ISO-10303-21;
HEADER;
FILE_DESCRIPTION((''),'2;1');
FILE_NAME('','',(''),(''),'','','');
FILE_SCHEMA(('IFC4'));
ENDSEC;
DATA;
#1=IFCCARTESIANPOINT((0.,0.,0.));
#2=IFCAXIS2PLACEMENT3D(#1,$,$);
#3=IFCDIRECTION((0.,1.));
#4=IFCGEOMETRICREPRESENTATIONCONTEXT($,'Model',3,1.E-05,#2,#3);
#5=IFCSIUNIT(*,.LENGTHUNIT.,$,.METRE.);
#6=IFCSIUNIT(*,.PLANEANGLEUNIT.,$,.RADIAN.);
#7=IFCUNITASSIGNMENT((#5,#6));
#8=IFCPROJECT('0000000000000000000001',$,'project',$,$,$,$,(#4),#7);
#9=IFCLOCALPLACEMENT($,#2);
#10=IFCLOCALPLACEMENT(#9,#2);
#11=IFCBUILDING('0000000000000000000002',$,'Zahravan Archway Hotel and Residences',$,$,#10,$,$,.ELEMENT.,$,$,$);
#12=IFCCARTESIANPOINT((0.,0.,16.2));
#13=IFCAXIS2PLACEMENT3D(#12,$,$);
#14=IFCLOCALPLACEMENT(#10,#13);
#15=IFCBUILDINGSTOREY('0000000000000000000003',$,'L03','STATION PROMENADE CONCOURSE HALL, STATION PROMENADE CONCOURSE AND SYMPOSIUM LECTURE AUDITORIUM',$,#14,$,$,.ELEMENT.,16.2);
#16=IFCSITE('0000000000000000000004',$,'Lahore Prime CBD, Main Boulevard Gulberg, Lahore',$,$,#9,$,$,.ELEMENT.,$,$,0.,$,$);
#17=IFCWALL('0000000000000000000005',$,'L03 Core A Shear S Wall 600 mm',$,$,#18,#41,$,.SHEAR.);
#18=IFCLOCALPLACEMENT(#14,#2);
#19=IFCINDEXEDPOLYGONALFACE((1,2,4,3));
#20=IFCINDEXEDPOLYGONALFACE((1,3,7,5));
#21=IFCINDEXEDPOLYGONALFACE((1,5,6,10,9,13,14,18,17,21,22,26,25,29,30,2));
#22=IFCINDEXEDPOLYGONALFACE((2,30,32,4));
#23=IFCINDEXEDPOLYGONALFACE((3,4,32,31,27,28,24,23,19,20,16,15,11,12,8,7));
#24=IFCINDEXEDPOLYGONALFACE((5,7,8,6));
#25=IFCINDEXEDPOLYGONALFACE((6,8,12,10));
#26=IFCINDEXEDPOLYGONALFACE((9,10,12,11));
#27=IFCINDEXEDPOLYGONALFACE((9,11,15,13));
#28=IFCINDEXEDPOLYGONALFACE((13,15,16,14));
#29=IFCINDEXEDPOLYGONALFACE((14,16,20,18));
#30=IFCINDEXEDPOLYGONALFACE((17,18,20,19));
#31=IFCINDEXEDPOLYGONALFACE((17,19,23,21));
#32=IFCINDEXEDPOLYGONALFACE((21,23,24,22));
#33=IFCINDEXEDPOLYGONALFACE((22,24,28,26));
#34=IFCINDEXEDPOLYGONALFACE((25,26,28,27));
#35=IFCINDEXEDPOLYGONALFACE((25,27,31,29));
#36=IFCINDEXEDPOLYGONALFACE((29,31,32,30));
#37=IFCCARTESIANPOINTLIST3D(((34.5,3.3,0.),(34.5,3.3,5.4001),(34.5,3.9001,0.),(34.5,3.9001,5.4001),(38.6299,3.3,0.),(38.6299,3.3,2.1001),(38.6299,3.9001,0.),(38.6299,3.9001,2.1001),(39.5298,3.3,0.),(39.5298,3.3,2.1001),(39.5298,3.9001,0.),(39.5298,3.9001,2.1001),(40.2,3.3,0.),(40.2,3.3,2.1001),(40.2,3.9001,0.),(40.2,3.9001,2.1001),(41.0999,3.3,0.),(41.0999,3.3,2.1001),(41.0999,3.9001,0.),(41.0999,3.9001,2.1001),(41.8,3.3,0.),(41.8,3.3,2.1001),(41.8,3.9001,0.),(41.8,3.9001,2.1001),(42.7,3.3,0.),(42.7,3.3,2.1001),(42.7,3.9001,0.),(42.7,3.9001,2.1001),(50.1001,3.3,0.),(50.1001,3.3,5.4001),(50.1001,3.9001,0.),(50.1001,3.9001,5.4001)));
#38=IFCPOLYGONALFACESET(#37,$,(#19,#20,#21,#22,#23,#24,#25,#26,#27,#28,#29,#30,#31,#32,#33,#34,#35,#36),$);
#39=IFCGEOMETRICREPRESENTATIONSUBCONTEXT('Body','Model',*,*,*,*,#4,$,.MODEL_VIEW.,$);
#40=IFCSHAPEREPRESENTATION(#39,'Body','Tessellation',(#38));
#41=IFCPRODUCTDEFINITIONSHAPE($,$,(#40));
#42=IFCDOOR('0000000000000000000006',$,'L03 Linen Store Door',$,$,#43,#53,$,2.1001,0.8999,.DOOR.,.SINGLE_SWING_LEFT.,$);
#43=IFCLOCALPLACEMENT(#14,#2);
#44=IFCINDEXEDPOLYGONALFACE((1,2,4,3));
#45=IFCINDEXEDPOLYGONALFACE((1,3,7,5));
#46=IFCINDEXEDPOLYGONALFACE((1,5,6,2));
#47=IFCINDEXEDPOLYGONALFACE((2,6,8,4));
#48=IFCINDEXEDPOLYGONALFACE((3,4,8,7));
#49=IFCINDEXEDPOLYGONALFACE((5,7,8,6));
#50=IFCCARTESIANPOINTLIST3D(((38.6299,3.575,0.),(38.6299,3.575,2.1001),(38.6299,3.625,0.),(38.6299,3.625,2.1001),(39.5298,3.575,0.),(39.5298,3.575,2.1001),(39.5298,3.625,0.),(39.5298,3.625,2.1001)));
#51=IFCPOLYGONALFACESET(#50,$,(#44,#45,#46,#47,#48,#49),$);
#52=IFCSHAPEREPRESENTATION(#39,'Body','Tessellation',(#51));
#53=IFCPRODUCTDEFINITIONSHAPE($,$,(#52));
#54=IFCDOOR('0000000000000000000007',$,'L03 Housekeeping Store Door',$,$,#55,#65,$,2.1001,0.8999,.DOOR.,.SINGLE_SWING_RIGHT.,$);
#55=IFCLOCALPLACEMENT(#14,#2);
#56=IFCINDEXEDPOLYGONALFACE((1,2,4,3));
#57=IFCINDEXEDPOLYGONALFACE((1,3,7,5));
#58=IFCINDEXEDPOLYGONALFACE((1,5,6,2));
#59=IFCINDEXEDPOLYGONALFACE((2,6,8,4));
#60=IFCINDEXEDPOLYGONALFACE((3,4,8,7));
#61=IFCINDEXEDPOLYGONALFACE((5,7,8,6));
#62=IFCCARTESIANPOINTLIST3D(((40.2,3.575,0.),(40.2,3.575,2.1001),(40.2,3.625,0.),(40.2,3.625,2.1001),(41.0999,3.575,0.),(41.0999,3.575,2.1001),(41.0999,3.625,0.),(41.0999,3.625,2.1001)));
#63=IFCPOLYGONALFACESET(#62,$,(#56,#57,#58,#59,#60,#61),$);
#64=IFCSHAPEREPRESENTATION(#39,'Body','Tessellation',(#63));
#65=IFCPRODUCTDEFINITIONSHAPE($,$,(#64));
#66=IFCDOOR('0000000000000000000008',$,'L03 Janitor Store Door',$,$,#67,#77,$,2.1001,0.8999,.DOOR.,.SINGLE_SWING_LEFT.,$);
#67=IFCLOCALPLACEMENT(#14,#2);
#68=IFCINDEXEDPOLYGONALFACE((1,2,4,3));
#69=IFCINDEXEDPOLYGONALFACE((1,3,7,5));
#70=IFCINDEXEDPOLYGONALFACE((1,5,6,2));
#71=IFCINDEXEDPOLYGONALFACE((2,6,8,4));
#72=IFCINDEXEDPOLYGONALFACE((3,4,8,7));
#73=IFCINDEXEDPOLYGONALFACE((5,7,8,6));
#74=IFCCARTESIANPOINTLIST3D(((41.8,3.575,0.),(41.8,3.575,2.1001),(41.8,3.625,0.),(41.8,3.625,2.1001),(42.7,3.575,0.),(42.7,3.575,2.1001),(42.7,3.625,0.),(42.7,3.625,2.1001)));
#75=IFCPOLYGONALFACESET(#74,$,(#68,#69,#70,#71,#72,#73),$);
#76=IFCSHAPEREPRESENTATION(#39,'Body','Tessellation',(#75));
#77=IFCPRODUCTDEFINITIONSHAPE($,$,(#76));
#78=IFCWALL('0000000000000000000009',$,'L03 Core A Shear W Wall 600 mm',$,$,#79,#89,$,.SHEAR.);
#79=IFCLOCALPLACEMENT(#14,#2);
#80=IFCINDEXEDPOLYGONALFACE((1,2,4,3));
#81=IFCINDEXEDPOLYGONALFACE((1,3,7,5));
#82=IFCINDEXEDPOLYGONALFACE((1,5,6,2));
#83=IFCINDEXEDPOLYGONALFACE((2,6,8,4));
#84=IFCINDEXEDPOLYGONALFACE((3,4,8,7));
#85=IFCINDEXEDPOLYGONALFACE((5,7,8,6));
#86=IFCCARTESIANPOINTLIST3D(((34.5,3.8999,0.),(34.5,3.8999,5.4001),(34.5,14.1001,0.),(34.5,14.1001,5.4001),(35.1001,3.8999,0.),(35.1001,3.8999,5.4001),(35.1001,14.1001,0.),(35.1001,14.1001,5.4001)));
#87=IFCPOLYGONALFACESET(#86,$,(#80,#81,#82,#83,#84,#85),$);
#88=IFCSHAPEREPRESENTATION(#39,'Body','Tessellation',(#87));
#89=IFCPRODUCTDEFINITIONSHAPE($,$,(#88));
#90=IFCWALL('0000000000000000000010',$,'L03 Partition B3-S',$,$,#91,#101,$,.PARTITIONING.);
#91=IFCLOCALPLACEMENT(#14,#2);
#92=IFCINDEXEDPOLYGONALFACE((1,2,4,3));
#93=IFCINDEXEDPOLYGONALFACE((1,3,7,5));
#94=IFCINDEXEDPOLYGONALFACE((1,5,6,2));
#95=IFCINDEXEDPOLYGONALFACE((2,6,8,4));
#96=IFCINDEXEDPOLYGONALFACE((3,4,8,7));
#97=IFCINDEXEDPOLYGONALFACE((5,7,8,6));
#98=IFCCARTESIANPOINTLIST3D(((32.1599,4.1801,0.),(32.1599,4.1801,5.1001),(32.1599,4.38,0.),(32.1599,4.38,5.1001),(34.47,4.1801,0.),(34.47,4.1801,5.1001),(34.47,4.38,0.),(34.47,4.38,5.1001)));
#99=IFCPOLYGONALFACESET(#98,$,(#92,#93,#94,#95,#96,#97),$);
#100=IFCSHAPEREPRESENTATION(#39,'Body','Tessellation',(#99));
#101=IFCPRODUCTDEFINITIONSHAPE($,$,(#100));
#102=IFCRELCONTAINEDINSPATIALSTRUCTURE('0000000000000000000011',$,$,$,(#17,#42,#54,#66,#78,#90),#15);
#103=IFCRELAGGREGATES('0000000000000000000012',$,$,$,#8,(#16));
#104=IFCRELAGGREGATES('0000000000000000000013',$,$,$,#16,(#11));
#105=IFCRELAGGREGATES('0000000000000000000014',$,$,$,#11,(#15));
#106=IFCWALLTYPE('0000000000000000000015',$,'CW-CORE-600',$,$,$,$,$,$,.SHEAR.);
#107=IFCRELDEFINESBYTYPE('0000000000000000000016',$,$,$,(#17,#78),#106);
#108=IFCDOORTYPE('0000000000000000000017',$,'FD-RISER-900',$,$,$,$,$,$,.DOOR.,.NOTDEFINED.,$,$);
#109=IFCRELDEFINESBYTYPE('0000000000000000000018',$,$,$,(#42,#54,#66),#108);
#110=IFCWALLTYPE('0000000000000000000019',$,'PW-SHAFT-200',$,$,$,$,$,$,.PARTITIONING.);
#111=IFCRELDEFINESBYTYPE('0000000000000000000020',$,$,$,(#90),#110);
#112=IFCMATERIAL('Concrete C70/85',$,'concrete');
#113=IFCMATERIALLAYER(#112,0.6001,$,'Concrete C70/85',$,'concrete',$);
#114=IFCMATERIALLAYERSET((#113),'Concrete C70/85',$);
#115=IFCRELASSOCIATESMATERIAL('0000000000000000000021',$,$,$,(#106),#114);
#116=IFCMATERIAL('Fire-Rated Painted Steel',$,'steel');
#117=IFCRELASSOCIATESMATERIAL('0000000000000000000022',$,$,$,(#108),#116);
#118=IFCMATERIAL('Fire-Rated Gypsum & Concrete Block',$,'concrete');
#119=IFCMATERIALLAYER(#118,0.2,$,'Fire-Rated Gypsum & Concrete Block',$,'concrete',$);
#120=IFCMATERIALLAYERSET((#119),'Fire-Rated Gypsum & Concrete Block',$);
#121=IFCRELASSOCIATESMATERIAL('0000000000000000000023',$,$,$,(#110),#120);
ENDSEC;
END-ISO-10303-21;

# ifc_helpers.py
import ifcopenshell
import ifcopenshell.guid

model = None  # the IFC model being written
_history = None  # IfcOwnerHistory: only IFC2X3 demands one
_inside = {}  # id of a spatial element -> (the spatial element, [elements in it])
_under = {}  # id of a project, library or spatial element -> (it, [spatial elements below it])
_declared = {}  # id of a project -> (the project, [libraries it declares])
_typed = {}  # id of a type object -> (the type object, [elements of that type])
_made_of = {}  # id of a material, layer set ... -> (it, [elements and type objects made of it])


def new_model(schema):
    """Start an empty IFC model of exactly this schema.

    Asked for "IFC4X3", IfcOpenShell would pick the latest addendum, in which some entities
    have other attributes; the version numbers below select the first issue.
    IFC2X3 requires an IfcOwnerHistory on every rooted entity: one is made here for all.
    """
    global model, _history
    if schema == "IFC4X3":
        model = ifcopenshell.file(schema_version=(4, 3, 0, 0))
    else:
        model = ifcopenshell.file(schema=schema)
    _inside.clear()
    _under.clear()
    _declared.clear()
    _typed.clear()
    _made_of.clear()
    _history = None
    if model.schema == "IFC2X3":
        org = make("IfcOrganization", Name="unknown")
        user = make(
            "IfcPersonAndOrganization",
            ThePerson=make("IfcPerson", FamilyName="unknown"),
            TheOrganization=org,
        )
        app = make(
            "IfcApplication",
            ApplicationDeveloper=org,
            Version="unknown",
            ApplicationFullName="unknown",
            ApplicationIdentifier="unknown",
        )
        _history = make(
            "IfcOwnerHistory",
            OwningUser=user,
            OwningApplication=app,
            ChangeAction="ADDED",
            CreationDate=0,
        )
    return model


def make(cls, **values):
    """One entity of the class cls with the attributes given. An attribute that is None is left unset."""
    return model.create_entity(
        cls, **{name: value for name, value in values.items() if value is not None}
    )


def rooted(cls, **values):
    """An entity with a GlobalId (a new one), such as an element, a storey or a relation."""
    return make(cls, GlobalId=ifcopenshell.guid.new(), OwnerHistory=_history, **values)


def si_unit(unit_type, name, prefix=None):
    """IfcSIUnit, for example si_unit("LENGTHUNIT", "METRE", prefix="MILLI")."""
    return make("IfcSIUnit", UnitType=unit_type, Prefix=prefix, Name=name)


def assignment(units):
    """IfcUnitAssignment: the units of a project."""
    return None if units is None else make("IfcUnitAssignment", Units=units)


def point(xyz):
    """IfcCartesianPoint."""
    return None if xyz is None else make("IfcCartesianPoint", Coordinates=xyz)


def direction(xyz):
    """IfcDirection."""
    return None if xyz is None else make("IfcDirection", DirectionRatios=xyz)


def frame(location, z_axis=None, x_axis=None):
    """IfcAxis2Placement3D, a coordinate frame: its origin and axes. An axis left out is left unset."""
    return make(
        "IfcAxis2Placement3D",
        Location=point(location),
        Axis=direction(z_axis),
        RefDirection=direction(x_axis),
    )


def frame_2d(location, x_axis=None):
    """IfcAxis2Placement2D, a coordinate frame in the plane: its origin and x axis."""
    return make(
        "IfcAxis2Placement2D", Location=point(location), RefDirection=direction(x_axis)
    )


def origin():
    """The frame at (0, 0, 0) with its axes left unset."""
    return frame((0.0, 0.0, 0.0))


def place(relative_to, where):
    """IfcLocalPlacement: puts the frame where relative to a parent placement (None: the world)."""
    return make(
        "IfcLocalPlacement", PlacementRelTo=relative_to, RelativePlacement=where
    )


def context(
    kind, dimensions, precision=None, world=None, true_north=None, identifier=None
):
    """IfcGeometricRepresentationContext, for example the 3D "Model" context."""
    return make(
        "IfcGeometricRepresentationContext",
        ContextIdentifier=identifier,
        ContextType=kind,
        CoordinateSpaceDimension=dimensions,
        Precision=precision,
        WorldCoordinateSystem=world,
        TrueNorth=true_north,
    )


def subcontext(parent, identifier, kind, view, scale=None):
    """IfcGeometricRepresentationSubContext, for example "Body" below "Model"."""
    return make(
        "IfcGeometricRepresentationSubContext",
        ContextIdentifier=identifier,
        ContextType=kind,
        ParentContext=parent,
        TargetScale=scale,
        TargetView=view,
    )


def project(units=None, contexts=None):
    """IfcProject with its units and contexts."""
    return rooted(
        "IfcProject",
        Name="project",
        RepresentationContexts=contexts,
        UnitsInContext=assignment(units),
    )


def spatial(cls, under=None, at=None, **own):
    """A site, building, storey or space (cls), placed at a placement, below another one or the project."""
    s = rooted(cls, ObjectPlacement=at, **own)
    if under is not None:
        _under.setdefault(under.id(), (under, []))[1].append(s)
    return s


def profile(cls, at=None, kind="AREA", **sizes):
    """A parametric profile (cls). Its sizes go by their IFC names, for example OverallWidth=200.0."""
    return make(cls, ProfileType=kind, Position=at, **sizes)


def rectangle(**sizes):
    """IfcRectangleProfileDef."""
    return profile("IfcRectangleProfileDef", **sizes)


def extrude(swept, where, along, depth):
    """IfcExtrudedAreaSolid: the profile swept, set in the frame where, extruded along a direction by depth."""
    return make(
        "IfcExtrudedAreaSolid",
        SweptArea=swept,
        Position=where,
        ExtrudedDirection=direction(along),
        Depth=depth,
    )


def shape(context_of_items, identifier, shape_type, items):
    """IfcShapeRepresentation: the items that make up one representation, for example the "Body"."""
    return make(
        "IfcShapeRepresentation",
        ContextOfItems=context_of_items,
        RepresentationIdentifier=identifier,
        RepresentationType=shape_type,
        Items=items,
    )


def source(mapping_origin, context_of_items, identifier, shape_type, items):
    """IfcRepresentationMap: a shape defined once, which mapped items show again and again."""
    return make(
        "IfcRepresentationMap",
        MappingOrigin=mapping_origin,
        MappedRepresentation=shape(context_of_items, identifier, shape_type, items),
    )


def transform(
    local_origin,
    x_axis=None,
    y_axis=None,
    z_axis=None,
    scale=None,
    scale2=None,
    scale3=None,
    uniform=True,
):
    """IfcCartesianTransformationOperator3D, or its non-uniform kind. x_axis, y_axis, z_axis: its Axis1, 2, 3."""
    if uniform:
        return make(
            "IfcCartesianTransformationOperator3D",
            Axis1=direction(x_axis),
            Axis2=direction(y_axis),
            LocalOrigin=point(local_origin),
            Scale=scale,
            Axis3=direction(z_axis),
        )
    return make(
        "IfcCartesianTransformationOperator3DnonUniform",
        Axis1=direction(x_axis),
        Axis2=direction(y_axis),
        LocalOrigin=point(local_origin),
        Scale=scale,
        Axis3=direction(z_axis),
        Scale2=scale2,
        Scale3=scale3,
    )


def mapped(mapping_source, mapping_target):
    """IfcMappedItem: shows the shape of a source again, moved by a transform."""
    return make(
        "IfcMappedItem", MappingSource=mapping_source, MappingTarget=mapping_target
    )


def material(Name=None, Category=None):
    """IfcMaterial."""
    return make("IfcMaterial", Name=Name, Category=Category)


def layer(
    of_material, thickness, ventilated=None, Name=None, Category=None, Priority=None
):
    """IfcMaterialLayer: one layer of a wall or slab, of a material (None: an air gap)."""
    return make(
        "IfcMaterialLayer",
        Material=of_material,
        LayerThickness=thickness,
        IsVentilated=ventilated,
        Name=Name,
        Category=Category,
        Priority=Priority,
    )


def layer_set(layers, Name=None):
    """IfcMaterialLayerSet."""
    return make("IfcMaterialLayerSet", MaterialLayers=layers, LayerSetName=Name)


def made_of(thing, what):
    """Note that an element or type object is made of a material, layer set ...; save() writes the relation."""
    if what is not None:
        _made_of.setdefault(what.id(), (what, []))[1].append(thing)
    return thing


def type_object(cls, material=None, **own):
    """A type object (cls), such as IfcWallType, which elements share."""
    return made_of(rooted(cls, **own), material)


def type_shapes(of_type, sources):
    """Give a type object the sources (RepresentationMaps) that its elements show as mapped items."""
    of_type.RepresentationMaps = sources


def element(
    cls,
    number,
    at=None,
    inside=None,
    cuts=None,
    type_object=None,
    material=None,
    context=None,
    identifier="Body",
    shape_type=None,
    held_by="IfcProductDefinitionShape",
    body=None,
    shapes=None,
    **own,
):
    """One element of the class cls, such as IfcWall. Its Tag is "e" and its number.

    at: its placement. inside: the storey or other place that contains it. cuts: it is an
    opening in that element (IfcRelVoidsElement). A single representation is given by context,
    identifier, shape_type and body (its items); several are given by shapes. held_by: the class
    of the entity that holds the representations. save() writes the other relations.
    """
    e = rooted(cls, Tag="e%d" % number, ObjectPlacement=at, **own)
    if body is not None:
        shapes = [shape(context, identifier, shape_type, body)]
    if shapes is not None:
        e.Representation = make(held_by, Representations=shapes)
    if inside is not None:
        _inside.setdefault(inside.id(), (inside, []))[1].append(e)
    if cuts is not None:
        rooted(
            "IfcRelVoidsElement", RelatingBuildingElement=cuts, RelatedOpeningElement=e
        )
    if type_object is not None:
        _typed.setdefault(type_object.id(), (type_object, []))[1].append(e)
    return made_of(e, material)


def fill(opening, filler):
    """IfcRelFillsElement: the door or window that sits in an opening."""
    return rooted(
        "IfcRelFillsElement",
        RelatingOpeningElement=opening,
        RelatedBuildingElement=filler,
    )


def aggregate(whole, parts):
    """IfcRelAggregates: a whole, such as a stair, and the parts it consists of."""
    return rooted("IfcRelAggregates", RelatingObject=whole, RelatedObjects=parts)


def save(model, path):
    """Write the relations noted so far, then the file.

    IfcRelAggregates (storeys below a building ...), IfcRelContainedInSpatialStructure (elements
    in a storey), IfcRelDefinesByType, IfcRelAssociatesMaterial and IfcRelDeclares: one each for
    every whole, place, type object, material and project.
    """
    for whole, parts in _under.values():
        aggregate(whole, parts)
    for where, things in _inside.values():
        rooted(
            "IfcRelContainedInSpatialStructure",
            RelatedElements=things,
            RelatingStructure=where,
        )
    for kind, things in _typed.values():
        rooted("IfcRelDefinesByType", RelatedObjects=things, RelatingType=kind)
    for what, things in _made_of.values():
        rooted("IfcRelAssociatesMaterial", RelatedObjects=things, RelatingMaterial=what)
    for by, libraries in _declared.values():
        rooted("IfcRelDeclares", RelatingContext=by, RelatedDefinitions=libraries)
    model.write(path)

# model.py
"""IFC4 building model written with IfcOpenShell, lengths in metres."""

from ifc_helpers import new_model, si_unit, direction, frame, frame_2d, origin, place, context, subcontext, project, spatial, rectangle, extrude, source, transform, mapped, material, layer, layer_set, type_object, type_shapes, element, fill, save


model = new_model("IFC4")

# Units and contexts
model_context = context("Model", 3, precision=1e-05, world=origin(), true_north=direction((0.0, 1.0)))
body_context = subcontext(model_context, "Body", "Model", "MODEL_VIEW")
ifc_project = project(units=[si_unit("LENGTHUNIT", "METRE"), si_unit("PLANEANGLEUNIT", "RADIAN")], contexts=[model_context])

# Site, building, storey
site_placement = place(None, origin())
site = spatial("IfcSite", under=ifc_project, at=site_placement, Name="Lahore Prime CBD, Main Boulevard Gulberg, Lahore", CompositionType="ELEMENT", RefElevation=0.0)
building_placement = place(site_placement, origin())
building = spatial("IfcBuilding", under=site, at=building_placement, Name="Zahravan Archway Hotel and Residences", CompositionType="ELEMENT")
storey_placement = place(building_placement, frame((0.0, 0.0, 16.2)))
storey = spatial("IfcBuildingStorey", under=building, at=storey_placement, Name="L03", Description="STATION PROMENADE CONCOURSE HALL, STATION PROMENADE CONCOURSE AND SYMPOSIUM LECTURE AUDITORIUM", CompositionType="ELEMENT", Elevation=16.2)

# Shared definitions
ifc_material_1 = material(Name="Concrete C70/85", Category="concrete")

# Wall, openings, doors
ifc_layer_1 = layer(ifc_material_1, 0.6001, Name="Concrete C70/85", Category="concrete")
ifc_layer_set_1 = layer_set([ifc_layer_1], Name="Concrete C70/85")
wall_type_1 = type_object("IfcWallType", Name="CW-CORE-600", PredefinedType="SHEAR", material=ifc_layer_set_1)
wall_1_placement = place(storey_placement, frame((34.5, 3.6001, 0.0), z_axis=(0.0, 0.0, 1.0), x_axis=(1.0, 0.0, 0.0)))
wall_1 = element("IfcWall", 1, at=wall_1_placement, inside=storey, type_object=wall_type_1, Name="L03 Core A Shear S Wall 600 mm", PredefinedType="SHEAR", context=body_context, shape_type="SweptSolid", body=[
    extrude(rectangle(XDim=15.6001, YDim=0.6001, at=frame_2d((7.8, 0.0))), origin(), (0.0, 0.0, 1.0), 5.4001),
])
opening_1_placement = place(wall_1_placement, frame((4.1299, 0.0, 0.0)))
opening_1 = element("IfcOpeningElement", 2, at=opening_1_placement, cuts=wall_1, PredefinedType="OPENING", context=body_context, shape_type="SweptSolid", body=[
    extrude(rectangle(XDim=0.8999, YDim=2.1001, at=frame_2d((0.45, 1.05))), frame((0.0, 0.3101, 0.0), z_axis=(0.0, -1.0, 0.0), x_axis=(1.0, 0.0, 0.0)), (0.0, 0.0, 1.0), 0.6201),
])
opening_2_placement = place(wall_1_placement, frame((5.7, 0.0, 0.0)))
opening_2 = element("IfcOpeningElement", 3, at=opening_2_placement, cuts=wall_1, PredefinedType="OPENING", context=body_context, shape_type="SweptSolid", body=[
    extrude(rectangle(XDim=0.8999, YDim=2.1001, at=frame_2d((0.45, 1.05))), frame((0.0, 0.3101, 0.0), z_axis=(0.0, -1.0, 0.0), x_axis=(1.0, 0.0, 0.0)), (0.0, 0.0, 1.0), 0.6201),
])
opening_3_placement = place(wall_1_placement, frame((7.3, 0.0, 0.0)))
opening_3 = element("IfcOpeningElement", 4, at=opening_3_placement, cuts=wall_1, PredefinedType="OPENING", context=body_context, shape_type="SweptSolid", body=[
    extrude(rectangle(XDim=0.8999, YDim=2.1001, at=frame_2d((0.45, 1.05))), frame((0.0, 0.3101, 0.0), z_axis=(0.0, -1.0, 0.0), x_axis=(1.0, 0.0, 0.0)), (0.0, 0.0, 1.0), 0.6201),
])
ifc_material_2 = material(Name="Fire-Rated Painted Steel", Category="steel")
door_type_1 = type_object("IfcDoorType", Name="FD-RISER-900", OperationType="NOTDEFINED", PredefinedType="DOOR", material=ifc_material_2)
shared_shape_1 = source(origin(), body_context, "Body", "SweptSolid", [
    extrude(rectangle(XDim=0.8999, YDim=2.1001, at=frame_2d((0.45, 1.05))), frame((0.0, 0.0249, 0.0), z_axis=(0.0, -1.0, 0.0), x_axis=(1.0, 0.0, 0.0)), (0.0, 0.0, 1.0), 0.05),
])
type_shapes(door_type_1, [shared_shape_1])
door_1_placement = place(opening_1_placement, origin())
door_1 = element("IfcDoor", 5, at=door_1_placement, inside=storey, type_object=door_type_1, Name="L03 Linen Store Door", OperationType="SINGLE_SWING_LEFT", OverallHeight=2.1001, OverallWidth=0.8999, PredefinedType="DOOR", context=body_context, shape_type="MappedRepresentation", body=[
    mapped(shared_shape_1, transform((0.0, 0.0, 0.0), scale=1.0)),
])
fill(opening_1, door_1)
door_2_placement = place(opening_2_placement, origin())
door_2 = element("IfcDoor", 6, at=door_2_placement, inside=storey, type_object=door_type_1, Name="L03 Housekeeping Store Door", OperationType="SINGLE_SWING_RIGHT", OverallHeight=2.1001, OverallWidth=0.8999, PredefinedType="DOOR", context=body_context, shape_type="MappedRepresentation", body=[
    mapped(shared_shape_1, transform((0.0, 0.0, 0.0), scale=1.0)),
])
fill(opening_2, door_2)
door_3_placement = place(opening_3_placement, origin())
door_3 = element("IfcDoor", 7, at=door_3_placement, inside=storey, type_object=door_type_1, Name="L03 Janitor Store Door", OperationType="SINGLE_SWING_LEFT", OverallHeight=2.1001, OverallWidth=0.8999, PredefinedType="DOOR", context=body_context, shape_type="MappedRepresentation", body=[
    mapped(shared_shape_1, transform((0.0, 0.0, 0.0), scale=1.0)),
])
fill(opening_3, door_3)

# Wall
wall_2_placement = place(storey_placement, frame((34.8, 3.8999, 0.0), z_axis=(0.0, 0.0, 1.0), x_axis=(0.0, 1.0, 0.0)))
element("IfcWall", 8, at=wall_2_placement, inside=storey, type_object=wall_type_1, Name="L03 Core A Shear W Wall 600 mm", PredefinedType="SHEAR", context=body_context, shape_type="SweptSolid", body=[
    extrude(rectangle(XDim=10.2002, YDim=0.6001, at=frame_2d((5.1001, 0.0))), origin(), (0.0, 0.0, 1.0), 5.4001),
])

# Shared definitions
ifc_material_3 = material(Name="Fire-Rated Gypsum & Concrete Block", Category="concrete")

# Wall
ifc_layer_2 = layer(ifc_material_3, 0.2, Name="Fire-Rated Gypsum & Concrete Block", Category="concrete")
ifc_layer_set_2 = layer_set([ifc_layer_2], Name="Fire-Rated Gypsum & Concrete Block")
wall_type_2 = type_object("IfcWallType", Name="PW-SHAFT-200", PredefinedType="PARTITIONING", material=ifc_layer_set_2)
wall_3_placement = place(storey_placement, frame((32.1599, 4.28, 0.0), z_axis=(0.0, 0.0, 1.0), x_axis=(1.0, 0.0, 0.0)))
element("IfcWall", 9, at=wall_3_placement, inside=storey, type_object=wall_type_2, Name="L03 Partition B3-S", PredefinedType="PARTITIONING", context=body_context, shape_type="SweptSolid", body=[
    extrude(rectangle(XDim=2.3101, YDim=0.2, at=frame_2d((1.155, 0.0))), origin(), (0.0, 0.0, 1.0), 5.1001),
])

save(model, "model.ifc")
